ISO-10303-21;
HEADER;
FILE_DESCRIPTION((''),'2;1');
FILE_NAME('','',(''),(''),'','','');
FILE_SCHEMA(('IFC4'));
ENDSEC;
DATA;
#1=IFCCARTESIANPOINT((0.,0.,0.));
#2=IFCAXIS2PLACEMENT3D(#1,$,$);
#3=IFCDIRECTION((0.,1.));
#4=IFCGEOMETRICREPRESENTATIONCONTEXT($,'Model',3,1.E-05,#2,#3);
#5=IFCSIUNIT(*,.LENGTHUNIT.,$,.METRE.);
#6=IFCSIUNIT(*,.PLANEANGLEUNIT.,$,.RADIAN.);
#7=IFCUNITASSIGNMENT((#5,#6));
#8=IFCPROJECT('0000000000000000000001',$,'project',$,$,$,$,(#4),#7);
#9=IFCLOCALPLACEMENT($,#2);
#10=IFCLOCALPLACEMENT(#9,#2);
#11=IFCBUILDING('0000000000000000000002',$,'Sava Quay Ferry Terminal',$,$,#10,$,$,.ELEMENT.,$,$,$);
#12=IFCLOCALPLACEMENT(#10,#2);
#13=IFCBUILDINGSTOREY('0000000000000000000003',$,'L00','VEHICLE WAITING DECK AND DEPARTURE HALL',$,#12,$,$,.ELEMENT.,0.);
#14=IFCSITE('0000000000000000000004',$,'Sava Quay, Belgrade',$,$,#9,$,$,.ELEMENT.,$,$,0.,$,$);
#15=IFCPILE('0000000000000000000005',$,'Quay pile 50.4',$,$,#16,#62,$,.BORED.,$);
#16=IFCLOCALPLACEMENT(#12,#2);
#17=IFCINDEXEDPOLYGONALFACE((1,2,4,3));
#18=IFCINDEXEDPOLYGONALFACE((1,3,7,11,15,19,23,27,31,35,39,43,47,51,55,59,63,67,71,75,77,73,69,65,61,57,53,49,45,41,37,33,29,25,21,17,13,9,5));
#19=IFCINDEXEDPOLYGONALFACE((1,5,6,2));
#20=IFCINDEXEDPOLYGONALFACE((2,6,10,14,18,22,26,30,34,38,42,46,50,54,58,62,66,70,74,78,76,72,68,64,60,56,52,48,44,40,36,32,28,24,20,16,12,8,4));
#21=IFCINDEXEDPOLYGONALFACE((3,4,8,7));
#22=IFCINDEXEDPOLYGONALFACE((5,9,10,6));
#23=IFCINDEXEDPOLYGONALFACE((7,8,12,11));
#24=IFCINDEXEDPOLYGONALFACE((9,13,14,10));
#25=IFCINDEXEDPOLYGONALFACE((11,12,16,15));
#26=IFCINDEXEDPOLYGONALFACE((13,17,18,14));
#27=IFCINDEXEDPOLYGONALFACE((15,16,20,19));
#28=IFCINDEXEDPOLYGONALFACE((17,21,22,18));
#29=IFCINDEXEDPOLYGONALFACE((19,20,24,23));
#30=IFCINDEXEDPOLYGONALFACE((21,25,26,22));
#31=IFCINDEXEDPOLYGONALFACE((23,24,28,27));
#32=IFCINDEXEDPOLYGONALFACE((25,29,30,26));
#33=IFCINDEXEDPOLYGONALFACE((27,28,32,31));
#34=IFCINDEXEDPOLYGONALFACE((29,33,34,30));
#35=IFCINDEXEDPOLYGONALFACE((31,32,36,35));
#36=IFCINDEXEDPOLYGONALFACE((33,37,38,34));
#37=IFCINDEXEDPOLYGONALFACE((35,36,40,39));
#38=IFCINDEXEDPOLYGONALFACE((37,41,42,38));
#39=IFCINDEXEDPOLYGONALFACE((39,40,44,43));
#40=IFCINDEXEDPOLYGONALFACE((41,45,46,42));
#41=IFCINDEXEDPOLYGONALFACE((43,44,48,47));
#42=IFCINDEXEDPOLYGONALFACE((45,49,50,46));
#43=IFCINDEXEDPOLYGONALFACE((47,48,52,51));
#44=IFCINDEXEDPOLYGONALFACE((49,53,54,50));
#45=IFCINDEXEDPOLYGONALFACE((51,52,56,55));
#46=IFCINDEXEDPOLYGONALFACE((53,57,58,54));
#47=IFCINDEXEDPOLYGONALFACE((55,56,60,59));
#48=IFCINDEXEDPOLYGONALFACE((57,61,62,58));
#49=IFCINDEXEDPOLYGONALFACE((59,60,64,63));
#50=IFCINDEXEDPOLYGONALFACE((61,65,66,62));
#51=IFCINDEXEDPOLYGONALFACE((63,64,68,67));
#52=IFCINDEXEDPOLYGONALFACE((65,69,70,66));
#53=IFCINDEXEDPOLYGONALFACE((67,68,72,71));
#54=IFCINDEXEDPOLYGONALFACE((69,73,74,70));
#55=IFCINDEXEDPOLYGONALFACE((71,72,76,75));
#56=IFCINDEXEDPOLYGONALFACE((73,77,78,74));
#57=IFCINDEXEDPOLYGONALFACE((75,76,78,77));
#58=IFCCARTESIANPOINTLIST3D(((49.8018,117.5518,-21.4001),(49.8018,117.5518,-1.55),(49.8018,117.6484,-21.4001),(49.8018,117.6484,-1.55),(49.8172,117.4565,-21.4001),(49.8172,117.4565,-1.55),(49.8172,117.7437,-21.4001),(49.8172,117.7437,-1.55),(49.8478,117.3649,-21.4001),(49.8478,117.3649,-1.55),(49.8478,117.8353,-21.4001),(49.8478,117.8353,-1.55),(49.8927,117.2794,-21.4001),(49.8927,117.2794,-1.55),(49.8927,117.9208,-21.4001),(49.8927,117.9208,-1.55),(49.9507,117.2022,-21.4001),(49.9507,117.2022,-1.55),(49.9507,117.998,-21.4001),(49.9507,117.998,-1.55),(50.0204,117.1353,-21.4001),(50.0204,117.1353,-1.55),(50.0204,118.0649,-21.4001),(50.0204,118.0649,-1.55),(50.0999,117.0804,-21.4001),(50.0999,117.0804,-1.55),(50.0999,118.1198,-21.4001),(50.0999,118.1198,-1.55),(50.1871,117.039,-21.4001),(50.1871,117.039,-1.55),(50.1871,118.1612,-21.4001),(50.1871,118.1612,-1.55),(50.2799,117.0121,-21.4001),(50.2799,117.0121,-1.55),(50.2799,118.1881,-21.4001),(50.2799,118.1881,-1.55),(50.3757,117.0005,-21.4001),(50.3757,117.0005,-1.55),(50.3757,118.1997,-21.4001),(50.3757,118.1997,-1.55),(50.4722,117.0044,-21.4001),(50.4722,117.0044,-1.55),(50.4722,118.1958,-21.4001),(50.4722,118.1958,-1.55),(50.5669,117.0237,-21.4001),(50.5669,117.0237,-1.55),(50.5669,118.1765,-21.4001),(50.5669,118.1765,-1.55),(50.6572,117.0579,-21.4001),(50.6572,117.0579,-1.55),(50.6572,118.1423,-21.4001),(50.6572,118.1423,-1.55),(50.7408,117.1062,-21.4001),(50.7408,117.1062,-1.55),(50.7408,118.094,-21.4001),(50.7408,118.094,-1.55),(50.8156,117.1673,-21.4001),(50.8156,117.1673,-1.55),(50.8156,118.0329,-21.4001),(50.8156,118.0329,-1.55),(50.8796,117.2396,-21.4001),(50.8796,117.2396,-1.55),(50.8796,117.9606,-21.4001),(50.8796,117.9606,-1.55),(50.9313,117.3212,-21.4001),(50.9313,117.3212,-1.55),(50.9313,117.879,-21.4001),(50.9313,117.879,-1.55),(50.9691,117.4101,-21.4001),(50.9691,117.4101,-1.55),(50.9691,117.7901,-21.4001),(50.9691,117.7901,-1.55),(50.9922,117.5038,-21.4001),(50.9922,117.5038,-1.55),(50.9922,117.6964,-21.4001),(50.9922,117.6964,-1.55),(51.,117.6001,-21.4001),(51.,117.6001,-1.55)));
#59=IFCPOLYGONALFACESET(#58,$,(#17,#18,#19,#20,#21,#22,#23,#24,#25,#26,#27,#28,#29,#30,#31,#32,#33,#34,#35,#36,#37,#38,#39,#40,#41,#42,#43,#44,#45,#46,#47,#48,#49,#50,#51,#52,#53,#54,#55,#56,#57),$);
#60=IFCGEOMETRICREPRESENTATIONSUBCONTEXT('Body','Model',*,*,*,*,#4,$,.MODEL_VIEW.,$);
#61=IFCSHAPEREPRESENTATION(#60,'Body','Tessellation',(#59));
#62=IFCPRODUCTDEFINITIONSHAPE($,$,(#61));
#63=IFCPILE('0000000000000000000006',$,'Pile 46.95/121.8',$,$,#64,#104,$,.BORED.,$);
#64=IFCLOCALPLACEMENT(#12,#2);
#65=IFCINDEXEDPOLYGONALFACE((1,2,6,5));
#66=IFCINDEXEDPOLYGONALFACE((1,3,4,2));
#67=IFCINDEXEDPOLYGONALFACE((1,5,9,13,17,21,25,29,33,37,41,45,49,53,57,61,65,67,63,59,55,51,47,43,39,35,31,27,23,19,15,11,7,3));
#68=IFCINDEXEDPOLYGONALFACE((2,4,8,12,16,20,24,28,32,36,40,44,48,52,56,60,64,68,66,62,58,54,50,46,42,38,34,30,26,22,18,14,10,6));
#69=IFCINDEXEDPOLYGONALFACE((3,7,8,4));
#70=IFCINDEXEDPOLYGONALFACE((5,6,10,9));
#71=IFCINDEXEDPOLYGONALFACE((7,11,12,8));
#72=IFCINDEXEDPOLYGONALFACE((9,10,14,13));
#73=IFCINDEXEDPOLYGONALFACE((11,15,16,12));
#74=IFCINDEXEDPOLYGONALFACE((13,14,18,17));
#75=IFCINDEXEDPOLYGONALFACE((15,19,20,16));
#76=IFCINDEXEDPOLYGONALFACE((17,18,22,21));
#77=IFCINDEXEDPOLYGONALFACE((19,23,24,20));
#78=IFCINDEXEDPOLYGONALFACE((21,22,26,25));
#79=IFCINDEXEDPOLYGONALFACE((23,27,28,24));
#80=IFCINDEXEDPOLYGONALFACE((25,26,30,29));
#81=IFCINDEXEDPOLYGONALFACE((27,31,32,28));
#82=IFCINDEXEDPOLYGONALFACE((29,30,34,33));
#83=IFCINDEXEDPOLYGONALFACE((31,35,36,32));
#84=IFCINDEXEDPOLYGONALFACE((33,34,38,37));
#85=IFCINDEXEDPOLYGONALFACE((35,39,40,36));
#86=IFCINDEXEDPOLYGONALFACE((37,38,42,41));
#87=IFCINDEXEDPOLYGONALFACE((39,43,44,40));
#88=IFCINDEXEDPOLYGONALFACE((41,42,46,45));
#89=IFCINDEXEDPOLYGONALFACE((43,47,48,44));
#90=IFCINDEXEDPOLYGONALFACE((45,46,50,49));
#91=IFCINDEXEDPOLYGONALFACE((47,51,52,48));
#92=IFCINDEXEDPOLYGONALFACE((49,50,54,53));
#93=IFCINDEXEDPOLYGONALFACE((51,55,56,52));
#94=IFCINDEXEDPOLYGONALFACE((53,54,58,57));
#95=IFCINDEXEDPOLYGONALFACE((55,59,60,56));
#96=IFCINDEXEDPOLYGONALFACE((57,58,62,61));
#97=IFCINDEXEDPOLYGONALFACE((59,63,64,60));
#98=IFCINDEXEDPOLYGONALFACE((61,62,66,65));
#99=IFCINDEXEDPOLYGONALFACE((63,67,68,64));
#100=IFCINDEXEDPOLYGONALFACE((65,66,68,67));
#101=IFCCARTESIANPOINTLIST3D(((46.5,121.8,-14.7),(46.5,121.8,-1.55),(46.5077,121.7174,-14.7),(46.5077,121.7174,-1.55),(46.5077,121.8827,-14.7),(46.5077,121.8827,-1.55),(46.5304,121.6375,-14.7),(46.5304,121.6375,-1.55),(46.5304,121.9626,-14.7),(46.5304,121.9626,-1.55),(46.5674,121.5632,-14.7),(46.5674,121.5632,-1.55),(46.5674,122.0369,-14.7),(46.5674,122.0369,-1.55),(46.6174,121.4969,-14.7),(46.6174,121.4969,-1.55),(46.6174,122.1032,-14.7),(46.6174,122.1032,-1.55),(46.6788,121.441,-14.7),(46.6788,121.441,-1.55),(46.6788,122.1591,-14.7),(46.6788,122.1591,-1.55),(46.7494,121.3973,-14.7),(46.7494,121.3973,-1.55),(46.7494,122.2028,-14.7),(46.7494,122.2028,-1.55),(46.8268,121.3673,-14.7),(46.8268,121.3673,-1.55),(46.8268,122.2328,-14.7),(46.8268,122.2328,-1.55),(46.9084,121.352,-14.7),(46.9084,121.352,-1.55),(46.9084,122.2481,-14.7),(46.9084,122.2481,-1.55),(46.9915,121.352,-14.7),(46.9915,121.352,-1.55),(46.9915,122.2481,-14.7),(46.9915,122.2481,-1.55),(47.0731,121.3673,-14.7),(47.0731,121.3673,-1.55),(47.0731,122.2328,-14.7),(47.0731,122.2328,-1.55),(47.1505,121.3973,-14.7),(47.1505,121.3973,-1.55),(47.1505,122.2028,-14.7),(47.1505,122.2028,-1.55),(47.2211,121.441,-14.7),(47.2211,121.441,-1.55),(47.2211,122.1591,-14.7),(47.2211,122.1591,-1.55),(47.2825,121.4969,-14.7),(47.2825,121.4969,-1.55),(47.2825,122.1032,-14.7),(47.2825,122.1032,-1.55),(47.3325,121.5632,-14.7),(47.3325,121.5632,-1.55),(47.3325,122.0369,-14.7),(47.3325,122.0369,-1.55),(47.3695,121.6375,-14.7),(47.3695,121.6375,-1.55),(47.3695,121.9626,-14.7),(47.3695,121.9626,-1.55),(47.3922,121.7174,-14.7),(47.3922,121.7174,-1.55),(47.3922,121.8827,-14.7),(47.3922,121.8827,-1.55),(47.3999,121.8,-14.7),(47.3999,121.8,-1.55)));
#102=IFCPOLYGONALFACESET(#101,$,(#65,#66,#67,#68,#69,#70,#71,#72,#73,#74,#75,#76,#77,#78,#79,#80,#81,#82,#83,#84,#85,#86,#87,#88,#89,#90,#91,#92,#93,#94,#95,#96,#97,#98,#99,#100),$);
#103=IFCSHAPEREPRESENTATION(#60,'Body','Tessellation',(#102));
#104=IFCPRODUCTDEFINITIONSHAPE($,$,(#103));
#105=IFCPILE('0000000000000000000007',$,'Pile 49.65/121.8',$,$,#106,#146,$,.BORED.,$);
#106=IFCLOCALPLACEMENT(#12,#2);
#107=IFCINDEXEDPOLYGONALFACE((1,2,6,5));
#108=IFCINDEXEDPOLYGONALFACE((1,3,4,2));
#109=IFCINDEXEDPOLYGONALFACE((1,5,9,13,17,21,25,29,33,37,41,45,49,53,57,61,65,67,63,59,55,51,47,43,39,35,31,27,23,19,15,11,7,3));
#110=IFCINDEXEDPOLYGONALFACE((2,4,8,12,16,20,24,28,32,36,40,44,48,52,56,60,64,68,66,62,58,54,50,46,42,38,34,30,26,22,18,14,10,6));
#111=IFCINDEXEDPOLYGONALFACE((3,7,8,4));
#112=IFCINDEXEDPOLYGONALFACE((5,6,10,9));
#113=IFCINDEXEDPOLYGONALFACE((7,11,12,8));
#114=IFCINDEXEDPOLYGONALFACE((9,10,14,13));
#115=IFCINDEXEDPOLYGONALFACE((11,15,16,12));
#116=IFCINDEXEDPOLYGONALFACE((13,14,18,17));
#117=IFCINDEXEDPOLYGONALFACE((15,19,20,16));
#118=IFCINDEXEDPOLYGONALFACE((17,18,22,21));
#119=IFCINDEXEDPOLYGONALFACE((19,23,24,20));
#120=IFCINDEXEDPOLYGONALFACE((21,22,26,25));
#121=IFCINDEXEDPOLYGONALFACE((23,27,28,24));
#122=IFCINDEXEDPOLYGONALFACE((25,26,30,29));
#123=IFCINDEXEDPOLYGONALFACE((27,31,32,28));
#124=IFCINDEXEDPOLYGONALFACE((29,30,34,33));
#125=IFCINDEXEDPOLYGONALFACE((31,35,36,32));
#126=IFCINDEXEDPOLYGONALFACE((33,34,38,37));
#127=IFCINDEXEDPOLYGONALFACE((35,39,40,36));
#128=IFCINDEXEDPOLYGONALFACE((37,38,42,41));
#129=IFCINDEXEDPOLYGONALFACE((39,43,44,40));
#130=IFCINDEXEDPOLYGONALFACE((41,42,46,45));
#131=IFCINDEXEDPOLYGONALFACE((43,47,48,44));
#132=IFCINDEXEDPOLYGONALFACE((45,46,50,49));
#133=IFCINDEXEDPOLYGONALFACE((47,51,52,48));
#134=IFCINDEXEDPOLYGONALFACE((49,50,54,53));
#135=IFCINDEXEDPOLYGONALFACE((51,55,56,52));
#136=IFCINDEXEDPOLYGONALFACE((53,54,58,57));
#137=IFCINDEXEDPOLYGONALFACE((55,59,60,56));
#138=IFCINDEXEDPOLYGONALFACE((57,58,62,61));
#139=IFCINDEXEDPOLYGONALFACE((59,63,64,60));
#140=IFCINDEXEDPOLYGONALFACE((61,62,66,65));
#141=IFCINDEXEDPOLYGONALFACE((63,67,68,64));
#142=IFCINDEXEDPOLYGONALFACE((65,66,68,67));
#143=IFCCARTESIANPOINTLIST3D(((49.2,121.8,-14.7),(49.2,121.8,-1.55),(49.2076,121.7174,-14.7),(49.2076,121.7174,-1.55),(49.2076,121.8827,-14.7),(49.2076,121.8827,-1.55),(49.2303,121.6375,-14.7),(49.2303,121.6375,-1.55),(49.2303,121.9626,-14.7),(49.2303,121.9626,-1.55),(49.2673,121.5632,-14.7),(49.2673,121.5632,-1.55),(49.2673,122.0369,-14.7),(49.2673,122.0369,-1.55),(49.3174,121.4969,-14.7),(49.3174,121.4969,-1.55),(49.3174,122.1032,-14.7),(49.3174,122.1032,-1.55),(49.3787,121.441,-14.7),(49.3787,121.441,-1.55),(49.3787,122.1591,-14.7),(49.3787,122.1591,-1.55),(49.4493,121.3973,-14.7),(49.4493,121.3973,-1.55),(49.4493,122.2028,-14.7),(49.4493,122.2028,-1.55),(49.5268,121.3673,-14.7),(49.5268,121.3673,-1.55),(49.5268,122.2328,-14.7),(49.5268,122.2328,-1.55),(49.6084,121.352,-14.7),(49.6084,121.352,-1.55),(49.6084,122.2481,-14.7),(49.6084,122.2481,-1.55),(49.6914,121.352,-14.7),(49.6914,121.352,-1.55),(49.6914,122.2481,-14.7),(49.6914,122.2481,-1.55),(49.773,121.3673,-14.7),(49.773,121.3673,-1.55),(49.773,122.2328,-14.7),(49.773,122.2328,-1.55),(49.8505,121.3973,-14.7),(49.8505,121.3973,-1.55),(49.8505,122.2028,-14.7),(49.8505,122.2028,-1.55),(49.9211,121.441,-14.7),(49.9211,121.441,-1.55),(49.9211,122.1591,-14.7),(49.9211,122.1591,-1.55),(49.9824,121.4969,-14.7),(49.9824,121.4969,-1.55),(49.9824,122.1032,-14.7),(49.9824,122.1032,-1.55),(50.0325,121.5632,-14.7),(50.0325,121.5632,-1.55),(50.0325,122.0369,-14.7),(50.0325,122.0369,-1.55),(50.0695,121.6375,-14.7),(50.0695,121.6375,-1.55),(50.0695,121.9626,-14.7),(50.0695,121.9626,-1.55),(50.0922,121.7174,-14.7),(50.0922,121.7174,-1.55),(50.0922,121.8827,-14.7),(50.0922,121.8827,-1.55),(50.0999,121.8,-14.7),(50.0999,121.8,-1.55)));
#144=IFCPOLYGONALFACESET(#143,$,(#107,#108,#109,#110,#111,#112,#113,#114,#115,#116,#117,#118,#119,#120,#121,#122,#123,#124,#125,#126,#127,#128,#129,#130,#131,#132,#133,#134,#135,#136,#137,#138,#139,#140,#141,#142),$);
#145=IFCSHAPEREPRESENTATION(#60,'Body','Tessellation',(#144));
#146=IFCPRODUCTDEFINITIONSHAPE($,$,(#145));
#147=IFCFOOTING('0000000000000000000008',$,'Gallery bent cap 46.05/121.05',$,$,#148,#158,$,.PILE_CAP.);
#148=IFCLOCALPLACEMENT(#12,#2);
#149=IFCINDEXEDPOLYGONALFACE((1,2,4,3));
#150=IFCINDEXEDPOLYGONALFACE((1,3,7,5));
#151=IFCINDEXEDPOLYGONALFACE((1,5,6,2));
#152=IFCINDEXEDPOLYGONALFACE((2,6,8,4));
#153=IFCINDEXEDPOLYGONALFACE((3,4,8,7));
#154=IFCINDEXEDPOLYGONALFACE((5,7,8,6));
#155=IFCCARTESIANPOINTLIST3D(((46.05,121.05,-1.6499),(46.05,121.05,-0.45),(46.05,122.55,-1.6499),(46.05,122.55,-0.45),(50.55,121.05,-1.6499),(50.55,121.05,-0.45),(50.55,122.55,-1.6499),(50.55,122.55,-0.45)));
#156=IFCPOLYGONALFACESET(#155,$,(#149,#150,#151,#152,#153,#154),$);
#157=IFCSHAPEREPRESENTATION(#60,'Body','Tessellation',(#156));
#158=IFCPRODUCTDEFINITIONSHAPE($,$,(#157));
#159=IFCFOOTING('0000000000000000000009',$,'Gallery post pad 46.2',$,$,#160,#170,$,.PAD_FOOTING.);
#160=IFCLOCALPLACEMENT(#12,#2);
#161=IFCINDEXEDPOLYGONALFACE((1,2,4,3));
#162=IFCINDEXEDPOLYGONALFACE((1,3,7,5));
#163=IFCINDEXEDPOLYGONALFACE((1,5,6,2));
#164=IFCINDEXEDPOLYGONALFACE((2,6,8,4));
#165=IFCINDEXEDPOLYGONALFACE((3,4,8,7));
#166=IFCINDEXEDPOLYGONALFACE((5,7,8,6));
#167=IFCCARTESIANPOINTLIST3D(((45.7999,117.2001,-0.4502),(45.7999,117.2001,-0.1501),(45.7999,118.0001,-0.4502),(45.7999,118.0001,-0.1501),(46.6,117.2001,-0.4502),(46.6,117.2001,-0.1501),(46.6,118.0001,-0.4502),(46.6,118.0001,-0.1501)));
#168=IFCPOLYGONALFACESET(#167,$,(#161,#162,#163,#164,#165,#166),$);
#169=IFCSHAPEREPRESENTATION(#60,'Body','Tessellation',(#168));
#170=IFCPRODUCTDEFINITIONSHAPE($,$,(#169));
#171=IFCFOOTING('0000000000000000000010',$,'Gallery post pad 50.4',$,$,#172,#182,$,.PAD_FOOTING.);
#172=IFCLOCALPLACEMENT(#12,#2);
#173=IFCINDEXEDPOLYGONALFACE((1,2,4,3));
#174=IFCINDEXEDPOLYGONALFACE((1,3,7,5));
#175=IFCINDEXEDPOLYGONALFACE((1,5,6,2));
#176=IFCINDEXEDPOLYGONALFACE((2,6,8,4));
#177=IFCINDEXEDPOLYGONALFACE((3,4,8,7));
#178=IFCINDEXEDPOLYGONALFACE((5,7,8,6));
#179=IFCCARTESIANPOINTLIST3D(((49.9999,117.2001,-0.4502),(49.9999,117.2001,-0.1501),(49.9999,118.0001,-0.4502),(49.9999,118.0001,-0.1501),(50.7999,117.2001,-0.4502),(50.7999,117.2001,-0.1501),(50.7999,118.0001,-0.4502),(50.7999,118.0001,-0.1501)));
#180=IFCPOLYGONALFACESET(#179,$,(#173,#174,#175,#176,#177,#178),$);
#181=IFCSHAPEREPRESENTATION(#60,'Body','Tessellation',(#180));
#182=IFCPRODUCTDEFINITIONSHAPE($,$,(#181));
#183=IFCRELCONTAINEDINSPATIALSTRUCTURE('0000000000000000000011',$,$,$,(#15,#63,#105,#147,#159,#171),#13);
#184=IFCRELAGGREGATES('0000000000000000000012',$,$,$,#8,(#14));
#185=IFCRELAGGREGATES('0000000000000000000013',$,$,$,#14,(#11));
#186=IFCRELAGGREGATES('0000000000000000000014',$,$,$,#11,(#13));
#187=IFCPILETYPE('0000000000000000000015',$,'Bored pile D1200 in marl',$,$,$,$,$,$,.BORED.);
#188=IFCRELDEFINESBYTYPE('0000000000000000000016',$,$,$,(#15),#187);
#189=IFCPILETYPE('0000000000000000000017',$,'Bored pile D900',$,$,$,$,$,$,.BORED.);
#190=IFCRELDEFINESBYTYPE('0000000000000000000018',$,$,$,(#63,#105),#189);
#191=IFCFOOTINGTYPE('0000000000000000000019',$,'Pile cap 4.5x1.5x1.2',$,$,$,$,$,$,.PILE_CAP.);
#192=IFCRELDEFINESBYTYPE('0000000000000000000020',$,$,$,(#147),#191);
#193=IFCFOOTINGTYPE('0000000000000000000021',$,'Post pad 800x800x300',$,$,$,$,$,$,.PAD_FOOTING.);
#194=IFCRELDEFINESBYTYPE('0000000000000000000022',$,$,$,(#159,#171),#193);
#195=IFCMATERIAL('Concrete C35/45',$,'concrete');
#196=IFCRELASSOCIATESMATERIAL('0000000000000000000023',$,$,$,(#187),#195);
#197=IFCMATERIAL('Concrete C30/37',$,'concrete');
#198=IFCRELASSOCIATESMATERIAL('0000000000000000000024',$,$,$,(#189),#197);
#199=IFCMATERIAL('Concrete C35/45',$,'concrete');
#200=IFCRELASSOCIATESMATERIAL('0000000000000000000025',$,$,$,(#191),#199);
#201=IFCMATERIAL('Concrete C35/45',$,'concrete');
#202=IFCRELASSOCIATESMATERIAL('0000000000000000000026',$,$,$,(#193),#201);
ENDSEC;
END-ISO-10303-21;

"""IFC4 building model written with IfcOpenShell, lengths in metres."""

from ifc_helpers import new_model, si_unit, direction, frame, origin, origin_2d, place, context, subcontext, project, spatial, rectangle, circle, extrude, material, material_profile, profile_set, type_object, element, save


model = new_model("IFC4")

# Units and contexts
model_context = context("Model", 3, precision=1e-05, world=origin(), true_north=direction((0.0, 1.0)))
body_context = subcontext(model_context, "Body", "Model", "MODEL_VIEW")
ifc_project = project(units=[si_unit("LENGTHUNIT", "METRE"), si_unit("PLANEANGLEUNIT", "RADIAN")], contexts=[model_context])

# Site, building, storey
site_placement = place(None, origin())
site = spatial("IfcSite", under=ifc_project, at=site_placement, Name="Sava Quay, Belgrade", CompositionType="ELEMENT", RefElevation=0.0)
building_placement = place(site_placement, origin())
building = spatial("IfcBuilding", under=site, at=building_placement, Name="Sava Quay Ferry Terminal", CompositionType="ELEMENT")
storey_placement = place(building_placement, origin())
storey = spatial("IfcBuildingStorey", under=building, at=storey_placement, Name="L00", Description="VEHICLE WAITING DECK AND DEPARTURE HALL", CompositionType="ELEMENT", Elevation=0.0)

# Piles
ifc_material_1 = material(Name="Concrete C35/45", Category="concrete")
ifc_material_profile_1 = material_profile(ifc_material_1, circle(Radius=0.6001, at=origin_2d()), Name="Bored pile D1200 in marl")
ifc_profile_set_1 = profile_set([ifc_material_profile_1], Name="Concrete C35/45")
pile_type_1 = type_object("IfcPileType", Name="Bored pile D1200 in marl", PredefinedType="BORED", material=ifc_profile_set_1)
pile_placement = place(storey_placement, frame((50.3999, 117.6001, -1.55), z_axis=(0.0, 0.0, -1.0), x_axis=(1.0, 0.0, 0.0)))
element("IfcPile", 1, at=pile_placement, inside=storey, type_object=pile_type_1, Name="Quay pile 50.4", PredefinedType="BORED", context=body_context, shape_type="SweptSolid", body=[
    extrude(circle(Radius=0.6001, at=origin_2d()), origin(), (0.0, 0.0, 1.0), 19.8501),
])
ifc_material_2 = material(Name="Concrete C30/37", Category="concrete")
ifc_material_profile_2 = material_profile(ifc_material_2, circle(Radius=0.45, at=origin_2d()), Name="Bored pile D900")
ifc_profile_set_2 = profile_set([ifc_material_profile_2], Name="Concrete C30/37")
pile_type_2 = type_object("IfcPileType", Name="Bored pile D900", PredefinedType="BORED", material=ifc_profile_set_2)
for number, where, z_axis, x_axis, name in (
    (2, (46.95, 121.8, -1.55), (0.0, 0.0, -1.0), (1.0, 0.0, 0.0), "Pile 46.95/121.8"),
    (3, (49.6499, 121.8, -1.55), (0.0, 0.0, -1.0), (1.0, 0.0, 0.0), "Pile 49.65/121.8"),
):
    element("IfcPile", number, at=place(storey_placement, frame(where, z_axis=z_axis, x_axis=x_axis)), inside=storey, type_object=pile_type_2, Name=name, PredefinedType="BORED", context=body_context, shape_type="SweptSolid", body=[
        extrude(circle(Radius=0.45, at=origin_2d()), origin(), (0.0, 0.0, 1.0), 13.1499),
    ])

# Footings
ifc_material_3 = material(Name="Concrete C35/45", Category="concrete")
footing_type_1 = type_object("IfcFootingType", Name="Pile cap 4.5x1.5x1.2", PredefinedType="PILE_CAP", material=ifc_material_3)
footing_placement = place(storey_placement, frame((48.3, 121.8, -1.6499), z_axis=(0.0, 0.0, 1.0), x_axis=(1.0, 0.0, 0.0)))
element("IfcFooting", 4, at=footing_placement, inside=storey, type_object=footing_type_1, Name="Gallery bent cap 46.05/121.05", PredefinedType="PILE_CAP", context=body_context, shape_type="SweptSolid", body=[
    extrude(rectangle(XDim=4.5, YDim=1.5, at=origin_2d()), origin(), (0.0, 0.0, 1.0), 1.2),
])
ifc_material_4 = material(Name="Concrete C35/45", Category="concrete")
footing_type_2 = type_object("IfcFootingType", Name="Post pad 800x800x300", PredefinedType="PAD_FOOTING", material=ifc_material_4)
for number, where, z_axis, x_axis, name in (
    (5, (46.2, 117.6001, -0.4502), (0.0, 0.0, 1.0), (1.0, 0.0, 0.0), "Gallery post pad 46.2"),
    (6, (50.3999, 117.6001, -0.4502), (0.0, 0.0, 1.0), (1.0, 0.0, 0.0), "Gallery post pad 50.4"),
):
    element("IfcFooting", number, at=place(storey_placement, frame(where, z_axis=z_axis, x_axis=x_axis)), inside=storey, type_object=footing_type_2, Name=name, PredefinedType="PAD_FOOTING", context=body_context, shape_type="SweptSolid", body=[
        extrude(rectangle(XDim=0.8, YDim=0.8, at=origin_2d()), origin(), (0.0, 0.0, 1.0), 0.3),
    ])

save(model, "model.ifc")
